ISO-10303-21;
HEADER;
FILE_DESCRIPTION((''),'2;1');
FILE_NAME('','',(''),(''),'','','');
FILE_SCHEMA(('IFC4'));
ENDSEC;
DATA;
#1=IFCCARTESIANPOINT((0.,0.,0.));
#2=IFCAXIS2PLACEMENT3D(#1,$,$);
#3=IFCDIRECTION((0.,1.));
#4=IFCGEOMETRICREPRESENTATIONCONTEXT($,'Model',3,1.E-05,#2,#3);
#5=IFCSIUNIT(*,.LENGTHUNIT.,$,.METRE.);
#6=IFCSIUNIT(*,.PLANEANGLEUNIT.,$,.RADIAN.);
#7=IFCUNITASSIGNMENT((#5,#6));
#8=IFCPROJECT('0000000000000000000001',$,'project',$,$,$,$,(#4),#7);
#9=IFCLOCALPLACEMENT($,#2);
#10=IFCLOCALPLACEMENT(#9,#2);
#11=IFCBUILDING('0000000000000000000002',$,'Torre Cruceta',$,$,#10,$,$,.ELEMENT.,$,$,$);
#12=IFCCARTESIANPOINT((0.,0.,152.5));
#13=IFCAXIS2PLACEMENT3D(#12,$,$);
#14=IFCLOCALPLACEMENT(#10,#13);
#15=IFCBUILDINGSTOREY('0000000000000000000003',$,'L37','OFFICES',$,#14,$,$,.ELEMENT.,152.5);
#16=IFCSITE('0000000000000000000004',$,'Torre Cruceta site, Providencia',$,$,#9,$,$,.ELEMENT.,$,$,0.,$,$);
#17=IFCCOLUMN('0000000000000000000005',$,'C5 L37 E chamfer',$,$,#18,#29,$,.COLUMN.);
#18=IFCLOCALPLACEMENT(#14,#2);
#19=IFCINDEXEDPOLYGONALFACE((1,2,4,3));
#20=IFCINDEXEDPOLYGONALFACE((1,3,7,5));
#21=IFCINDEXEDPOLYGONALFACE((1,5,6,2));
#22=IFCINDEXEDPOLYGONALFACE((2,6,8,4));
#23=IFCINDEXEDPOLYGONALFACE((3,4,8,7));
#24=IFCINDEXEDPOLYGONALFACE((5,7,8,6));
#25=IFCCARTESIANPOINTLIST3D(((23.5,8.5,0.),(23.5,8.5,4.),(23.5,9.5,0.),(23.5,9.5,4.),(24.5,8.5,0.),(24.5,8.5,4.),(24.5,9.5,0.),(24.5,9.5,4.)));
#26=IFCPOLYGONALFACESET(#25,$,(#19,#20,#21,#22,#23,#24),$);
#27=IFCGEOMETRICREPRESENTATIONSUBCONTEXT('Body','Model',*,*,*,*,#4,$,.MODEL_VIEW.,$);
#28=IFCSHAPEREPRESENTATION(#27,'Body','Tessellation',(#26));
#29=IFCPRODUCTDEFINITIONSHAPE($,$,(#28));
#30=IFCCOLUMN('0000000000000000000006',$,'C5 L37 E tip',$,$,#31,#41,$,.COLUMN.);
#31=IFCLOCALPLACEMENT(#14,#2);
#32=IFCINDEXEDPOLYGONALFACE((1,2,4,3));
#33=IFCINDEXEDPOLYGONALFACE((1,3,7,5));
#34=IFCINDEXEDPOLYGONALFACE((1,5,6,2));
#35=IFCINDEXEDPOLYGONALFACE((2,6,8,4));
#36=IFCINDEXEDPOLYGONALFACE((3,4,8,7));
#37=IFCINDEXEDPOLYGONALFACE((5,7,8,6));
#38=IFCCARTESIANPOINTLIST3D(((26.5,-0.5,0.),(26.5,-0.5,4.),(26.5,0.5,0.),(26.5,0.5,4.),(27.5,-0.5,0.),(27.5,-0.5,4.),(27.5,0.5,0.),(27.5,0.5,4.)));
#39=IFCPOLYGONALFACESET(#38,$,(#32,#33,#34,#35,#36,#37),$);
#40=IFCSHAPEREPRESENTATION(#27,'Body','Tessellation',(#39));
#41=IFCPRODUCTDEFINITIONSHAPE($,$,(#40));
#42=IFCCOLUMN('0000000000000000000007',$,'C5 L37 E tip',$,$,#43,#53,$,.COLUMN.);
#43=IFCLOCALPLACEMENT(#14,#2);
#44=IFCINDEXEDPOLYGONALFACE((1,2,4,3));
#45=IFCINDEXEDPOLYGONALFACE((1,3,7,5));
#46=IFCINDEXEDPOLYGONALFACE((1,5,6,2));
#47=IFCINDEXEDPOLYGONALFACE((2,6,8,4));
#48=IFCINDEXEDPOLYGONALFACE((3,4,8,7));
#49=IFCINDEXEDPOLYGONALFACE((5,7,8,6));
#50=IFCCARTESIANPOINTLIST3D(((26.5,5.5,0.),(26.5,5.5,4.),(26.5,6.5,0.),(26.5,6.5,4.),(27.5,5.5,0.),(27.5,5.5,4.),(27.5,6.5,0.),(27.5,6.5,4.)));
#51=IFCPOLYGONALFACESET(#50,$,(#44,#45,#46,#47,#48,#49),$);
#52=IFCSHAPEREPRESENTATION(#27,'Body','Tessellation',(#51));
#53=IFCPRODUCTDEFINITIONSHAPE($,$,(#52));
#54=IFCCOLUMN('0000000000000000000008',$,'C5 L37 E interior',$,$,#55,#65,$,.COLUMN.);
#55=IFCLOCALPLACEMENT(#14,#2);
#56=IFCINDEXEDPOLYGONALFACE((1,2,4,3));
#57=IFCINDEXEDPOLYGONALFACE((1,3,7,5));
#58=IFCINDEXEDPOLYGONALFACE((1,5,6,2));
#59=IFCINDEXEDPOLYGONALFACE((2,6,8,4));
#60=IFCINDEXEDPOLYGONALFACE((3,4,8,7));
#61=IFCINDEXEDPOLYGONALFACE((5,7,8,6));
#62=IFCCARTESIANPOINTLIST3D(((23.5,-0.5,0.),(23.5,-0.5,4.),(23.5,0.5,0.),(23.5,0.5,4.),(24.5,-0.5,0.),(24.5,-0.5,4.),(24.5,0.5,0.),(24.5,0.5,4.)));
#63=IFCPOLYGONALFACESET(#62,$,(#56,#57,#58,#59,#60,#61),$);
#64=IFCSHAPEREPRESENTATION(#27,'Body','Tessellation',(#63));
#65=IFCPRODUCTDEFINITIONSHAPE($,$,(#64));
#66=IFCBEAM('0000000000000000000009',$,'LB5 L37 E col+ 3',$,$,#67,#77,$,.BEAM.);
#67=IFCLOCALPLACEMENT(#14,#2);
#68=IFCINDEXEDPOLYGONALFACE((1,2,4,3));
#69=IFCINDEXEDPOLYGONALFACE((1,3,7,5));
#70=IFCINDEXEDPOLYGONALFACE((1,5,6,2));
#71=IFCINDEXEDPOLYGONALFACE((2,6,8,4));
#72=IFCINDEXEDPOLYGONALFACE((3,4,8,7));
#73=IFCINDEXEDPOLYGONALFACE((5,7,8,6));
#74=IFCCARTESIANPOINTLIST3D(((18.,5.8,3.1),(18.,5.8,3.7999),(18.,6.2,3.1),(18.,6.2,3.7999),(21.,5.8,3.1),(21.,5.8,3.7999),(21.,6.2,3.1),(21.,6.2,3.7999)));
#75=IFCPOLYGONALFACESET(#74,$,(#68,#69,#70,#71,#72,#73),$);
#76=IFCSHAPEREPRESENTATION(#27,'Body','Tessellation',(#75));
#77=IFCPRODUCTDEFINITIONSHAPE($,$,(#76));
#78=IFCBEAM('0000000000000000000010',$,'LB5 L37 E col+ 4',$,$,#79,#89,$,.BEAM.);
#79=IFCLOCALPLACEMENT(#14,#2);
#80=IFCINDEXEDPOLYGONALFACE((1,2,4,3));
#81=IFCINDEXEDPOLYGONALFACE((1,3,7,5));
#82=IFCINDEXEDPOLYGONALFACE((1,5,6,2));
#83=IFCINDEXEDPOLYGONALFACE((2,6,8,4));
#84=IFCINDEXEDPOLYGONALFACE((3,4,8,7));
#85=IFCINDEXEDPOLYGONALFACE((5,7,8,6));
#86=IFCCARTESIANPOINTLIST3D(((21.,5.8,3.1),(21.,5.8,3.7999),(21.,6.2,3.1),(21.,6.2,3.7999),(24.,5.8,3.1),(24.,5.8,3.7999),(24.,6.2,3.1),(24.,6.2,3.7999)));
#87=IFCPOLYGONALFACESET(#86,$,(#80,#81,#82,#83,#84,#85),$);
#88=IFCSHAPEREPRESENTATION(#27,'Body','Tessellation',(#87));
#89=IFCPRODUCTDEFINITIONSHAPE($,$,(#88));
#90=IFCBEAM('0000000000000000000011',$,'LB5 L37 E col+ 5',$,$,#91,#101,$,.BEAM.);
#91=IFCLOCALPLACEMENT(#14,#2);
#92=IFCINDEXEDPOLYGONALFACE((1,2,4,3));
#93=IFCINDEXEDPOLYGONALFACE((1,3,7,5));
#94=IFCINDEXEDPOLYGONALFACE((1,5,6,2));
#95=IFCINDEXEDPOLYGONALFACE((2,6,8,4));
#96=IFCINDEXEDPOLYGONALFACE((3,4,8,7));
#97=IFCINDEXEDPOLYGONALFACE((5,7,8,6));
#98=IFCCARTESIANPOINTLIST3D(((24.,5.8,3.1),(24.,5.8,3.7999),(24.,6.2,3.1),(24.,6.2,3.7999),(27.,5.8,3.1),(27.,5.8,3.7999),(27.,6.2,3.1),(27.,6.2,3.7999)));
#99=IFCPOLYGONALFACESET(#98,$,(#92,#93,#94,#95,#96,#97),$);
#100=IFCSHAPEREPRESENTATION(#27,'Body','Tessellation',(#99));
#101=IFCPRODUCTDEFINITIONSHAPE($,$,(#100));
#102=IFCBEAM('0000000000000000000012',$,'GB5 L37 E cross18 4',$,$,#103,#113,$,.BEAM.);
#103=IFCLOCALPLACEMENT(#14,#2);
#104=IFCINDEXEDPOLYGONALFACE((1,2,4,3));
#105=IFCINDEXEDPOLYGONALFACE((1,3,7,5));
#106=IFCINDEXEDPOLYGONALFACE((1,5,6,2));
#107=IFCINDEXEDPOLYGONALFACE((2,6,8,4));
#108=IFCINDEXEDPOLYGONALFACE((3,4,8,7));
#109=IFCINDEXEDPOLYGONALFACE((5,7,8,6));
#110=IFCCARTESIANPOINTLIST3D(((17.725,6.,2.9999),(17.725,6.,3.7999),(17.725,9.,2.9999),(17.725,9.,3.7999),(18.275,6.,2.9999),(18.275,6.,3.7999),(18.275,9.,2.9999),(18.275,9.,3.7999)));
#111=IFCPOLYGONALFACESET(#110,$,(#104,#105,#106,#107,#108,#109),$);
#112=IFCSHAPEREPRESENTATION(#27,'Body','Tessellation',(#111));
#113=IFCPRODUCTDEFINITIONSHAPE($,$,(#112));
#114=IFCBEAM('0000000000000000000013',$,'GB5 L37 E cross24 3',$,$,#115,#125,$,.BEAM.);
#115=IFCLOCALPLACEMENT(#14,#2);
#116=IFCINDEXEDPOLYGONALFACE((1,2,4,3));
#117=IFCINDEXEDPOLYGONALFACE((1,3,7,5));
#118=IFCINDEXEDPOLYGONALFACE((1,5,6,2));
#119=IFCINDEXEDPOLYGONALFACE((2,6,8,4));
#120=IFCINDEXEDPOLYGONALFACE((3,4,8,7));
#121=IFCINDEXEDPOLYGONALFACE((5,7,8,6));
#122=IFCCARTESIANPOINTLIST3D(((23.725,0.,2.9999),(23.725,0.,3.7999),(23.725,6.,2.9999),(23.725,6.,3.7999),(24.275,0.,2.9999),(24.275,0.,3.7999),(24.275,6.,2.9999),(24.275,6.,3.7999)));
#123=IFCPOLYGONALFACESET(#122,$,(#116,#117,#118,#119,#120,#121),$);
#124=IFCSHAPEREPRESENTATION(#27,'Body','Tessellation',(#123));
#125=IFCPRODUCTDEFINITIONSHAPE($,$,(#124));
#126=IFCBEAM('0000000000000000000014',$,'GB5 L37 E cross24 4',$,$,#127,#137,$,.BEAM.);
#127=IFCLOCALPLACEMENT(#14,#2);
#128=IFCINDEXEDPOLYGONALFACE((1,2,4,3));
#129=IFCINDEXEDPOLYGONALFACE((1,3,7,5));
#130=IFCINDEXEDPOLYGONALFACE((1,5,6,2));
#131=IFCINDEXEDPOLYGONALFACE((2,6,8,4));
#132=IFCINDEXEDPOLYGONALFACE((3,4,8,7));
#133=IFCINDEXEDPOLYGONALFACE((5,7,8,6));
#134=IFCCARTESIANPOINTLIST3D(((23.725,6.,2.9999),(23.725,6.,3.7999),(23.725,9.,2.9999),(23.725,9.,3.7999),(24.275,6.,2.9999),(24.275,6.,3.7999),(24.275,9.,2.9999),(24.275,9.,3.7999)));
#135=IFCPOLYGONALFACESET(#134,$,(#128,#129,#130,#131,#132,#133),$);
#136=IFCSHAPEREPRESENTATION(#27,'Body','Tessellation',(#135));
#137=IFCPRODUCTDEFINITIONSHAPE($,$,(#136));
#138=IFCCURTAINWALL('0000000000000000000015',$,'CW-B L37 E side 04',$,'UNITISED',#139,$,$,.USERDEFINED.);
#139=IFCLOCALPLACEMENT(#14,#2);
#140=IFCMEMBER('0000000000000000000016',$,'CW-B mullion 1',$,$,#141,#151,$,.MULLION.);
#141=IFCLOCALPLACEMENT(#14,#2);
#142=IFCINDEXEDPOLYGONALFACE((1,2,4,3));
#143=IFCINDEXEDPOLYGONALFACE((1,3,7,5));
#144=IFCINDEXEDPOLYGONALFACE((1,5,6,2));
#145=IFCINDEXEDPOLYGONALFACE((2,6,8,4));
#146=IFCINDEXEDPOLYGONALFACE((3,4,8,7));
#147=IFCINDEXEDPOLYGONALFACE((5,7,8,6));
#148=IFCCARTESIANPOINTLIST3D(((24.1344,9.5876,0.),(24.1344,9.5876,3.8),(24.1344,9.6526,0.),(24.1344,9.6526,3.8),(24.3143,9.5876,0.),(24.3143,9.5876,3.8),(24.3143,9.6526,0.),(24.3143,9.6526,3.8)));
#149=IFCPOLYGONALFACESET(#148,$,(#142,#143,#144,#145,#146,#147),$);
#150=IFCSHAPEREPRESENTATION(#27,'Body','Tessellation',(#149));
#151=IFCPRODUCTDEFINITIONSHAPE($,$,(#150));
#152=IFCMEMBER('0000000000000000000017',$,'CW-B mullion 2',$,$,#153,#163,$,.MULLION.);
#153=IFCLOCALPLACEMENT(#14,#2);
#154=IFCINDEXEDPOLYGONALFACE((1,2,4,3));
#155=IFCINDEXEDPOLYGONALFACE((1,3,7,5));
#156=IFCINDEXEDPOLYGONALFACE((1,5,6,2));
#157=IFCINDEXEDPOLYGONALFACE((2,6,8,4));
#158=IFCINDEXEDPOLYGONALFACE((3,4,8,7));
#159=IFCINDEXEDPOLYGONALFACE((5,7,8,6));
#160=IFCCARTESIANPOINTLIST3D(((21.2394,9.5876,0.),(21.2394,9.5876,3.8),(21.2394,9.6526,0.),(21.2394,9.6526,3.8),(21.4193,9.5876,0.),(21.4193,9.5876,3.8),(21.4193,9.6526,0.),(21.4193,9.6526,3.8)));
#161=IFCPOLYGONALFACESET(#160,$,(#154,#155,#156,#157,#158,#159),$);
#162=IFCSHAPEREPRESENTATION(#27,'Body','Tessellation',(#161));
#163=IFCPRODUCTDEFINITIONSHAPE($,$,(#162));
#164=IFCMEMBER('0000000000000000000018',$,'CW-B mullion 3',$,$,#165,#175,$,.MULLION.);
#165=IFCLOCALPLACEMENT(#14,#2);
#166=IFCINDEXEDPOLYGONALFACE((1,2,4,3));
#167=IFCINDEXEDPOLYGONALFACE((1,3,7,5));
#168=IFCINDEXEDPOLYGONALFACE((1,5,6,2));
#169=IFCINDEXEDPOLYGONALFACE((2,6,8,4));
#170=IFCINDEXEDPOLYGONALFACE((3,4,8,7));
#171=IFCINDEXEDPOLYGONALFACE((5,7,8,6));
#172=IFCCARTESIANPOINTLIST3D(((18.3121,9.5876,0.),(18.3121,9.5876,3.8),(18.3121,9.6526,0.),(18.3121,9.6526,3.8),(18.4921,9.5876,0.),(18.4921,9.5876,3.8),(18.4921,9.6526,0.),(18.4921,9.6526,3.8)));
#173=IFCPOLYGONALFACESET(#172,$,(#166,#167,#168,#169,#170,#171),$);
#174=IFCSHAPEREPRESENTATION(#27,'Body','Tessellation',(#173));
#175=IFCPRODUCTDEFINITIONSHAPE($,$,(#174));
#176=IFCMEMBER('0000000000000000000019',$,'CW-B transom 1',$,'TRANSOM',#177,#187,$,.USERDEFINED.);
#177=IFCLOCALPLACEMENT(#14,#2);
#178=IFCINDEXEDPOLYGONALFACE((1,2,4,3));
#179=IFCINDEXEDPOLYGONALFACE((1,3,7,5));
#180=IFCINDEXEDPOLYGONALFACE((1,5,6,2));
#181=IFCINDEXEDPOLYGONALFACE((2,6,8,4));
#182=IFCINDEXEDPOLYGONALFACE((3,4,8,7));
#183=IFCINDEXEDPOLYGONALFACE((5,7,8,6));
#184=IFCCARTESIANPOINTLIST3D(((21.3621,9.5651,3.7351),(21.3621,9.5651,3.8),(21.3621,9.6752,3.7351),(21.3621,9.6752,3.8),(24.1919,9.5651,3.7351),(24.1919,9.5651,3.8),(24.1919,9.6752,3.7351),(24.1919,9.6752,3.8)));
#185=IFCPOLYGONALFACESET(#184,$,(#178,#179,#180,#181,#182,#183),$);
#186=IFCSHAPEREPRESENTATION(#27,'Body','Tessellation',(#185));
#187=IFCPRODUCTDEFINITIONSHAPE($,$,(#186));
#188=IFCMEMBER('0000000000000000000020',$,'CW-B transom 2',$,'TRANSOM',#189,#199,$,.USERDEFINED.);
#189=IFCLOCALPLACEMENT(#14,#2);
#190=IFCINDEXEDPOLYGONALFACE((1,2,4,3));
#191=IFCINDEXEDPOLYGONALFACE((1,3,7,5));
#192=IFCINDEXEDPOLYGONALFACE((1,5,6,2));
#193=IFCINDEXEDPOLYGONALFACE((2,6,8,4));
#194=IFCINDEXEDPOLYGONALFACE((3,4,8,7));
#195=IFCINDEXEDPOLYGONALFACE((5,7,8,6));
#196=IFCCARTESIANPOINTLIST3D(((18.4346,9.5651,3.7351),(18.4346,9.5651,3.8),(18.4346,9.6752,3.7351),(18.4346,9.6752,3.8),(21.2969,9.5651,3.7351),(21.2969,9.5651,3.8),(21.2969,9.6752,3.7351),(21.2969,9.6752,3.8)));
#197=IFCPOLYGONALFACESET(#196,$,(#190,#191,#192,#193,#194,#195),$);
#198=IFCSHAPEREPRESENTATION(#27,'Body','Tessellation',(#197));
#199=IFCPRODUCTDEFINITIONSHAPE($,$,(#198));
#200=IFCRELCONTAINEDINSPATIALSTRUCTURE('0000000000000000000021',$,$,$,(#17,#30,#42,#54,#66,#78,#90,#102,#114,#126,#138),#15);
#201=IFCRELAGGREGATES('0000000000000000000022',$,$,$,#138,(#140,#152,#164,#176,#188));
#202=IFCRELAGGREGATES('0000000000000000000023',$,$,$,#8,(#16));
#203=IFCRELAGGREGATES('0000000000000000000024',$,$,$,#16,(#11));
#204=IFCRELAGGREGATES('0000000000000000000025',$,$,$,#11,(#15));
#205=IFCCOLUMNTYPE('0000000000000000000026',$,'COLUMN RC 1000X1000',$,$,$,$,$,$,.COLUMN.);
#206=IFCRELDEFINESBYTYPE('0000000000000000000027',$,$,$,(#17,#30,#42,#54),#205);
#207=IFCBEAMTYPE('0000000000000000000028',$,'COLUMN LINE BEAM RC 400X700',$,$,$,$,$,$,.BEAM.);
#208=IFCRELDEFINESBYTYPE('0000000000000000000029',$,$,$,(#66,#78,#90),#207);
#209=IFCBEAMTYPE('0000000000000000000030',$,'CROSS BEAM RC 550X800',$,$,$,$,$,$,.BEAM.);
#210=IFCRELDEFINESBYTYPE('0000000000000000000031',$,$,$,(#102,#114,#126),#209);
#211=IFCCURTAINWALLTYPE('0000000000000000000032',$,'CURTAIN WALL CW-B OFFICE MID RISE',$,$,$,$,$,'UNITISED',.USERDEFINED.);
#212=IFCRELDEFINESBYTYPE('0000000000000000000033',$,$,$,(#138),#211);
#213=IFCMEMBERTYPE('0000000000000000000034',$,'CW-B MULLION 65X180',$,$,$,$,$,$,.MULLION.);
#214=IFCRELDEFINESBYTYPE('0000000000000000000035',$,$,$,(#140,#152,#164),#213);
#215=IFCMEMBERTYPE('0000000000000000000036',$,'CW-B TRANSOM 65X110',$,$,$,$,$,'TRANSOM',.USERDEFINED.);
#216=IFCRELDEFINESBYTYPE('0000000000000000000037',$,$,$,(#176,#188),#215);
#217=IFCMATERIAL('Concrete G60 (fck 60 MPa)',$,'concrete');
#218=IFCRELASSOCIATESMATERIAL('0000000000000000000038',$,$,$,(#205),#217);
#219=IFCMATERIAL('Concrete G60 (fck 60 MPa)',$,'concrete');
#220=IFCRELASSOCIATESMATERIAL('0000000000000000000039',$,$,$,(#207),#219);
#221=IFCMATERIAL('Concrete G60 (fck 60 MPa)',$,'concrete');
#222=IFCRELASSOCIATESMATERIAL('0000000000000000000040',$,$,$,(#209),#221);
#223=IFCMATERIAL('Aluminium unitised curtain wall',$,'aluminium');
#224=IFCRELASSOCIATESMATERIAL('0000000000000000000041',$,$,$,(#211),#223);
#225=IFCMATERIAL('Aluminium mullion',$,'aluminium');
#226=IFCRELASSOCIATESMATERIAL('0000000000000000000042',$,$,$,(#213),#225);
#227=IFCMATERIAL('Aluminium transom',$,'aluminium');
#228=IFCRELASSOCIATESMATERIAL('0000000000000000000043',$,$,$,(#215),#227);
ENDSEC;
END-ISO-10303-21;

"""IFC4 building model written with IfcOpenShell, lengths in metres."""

from ifc_helpers import new_model, si_unit, direction, frame, origin, origin_2d, place, context, subcontext, project, spatial, rectangle, extrude, material, material_profile, profile_set, type_object, element, aggregate, save


model = new_model("IFC4")

# Units and contexts
model_context = context("Model", 3, precision=1e-05, world=origin(), true_north=direction((0.0, 1.0)))
body_context = subcontext(model_context, "Body", "Model", "MODEL_VIEW")
ifc_project = project(units=[si_unit("LENGTHUNIT", "METRE"), si_unit("PLANEANGLEUNIT", "RADIAN")], contexts=[model_context])

# Site, building, storey
site_placement = place(None, origin())
site = spatial("IfcSite", under=ifc_project, at=site_placement, Name="Torre Cruceta site, Providencia", CompositionType="ELEMENT", RefElevation=0.0)
building_placement = place(site_placement, origin())
building = spatial("IfcBuilding", under=site, at=building_placement, Name="Torre Cruceta", CompositionType="ELEMENT")
storey_placement = place(building_placement, frame((0.0, 0.0, 152.5)))
storey = spatial("IfcBuildingStorey", under=building, at=storey_placement, Name="L37", Description="OFFICES", CompositionType="ELEMENT", Elevation=152.5)

# Columns
ifc_material_1 = material(Name="Concrete G60 (fck 60 MPa)", Category="concrete")
ifc_material_profile_1 = material_profile(ifc_material_1, rectangle(XDim=1.0, YDim=1.0, at=origin_2d()), Name="RC 1000X1000")
ifc_profile_set_1 = profile_set([ifc_material_profile_1], Name="Concrete G60 (fck 60 MPa)")
column_type = type_object("IfcColumnType", Name="COLUMN RC 1000X1000", PredefinedType="COLUMN", material=ifc_profile_set_1)
for number, where, z_axis, x_axis, name in (
    (1, (24.0, 9.0, 0.0), (0.0, 0.0, 1.0), (1.0, 0.0, 0.0), "C5 L37 E chamfer"),
    (2, (27.0, 0.0, 0.0), (0.0, 0.0, 1.0), (1.0, 0.0, 0.0), "C5 L37 E tip"),
    (3, (27.0, 6.0, 0.0), (0.0, 0.0, 1.0), (1.0, 0.0, 0.0), "C5 L37 E tip"),
    (4, (24.0, 0.0, 0.0), (0.0, 0.0, 1.0), (1.0, 0.0, 0.0), "C5 L37 E interior"),
):
    element("IfcColumn", number, at=place(storey_placement, frame(where, z_axis=z_axis, x_axis=x_axis)), inside=storey, type_object=column_type, Name=name, PredefinedType="COLUMN", context=body_context, shape_type="SweptSolid", body=[
        extrude(rectangle(XDim=1.0, YDim=1.0, at=origin_2d()), origin(), (0.0, 0.0, 1.0), 4.0),
    ])

# Beams
ifc_material_2 = material(Name="Concrete G60 (fck 60 MPa)", Category="concrete")
ifc_material_profile_2 = material_profile(ifc_material_2, rectangle(XDim=0.3999, YDim=0.7, at=origin_2d()), Name="RC 400X700")
ifc_profile_set_2 = profile_set([ifc_material_profile_2], Name="Concrete G60 (fck 60 MPa)")
beam_type_1 = type_object("IfcBeamType", Name="COLUMN LINE BEAM RC 400X700", PredefinedType="BEAM", material=ifc_profile_set_2)
for number, where, z_axis, x_axis, name in (
    (5, (18.0, 6.0, 3.45), (1.0, 0.0, 0.0), (0.0, 1.0, 0.0), "LB5 L37 E col+ 3"),
    (6, (21.0, 6.0, 3.45), (1.0, 0.0, 0.0), (0.0, 1.0, 0.0), "LB5 L37 E col+ 4"),
    (7, (24.0, 6.0, 3.45), (1.0, 0.0, 0.0), (0.0, 1.0, 0.0), "LB5 L37 E col+ 5"),
):
    element("IfcBeam", number, at=place(storey_placement, frame(where, z_axis=z_axis, x_axis=x_axis)), inside=storey, type_object=beam_type_1, Name=name, PredefinedType="BEAM", context=body_context, shape_type="SweptSolid", body=[
        extrude(rectangle(XDim=0.3999, YDim=0.7, at=origin_2d()), origin(), (0.0, 0.0, 1.0), 3.0),
    ])
ifc_material_3 = material(Name="Concrete G60 (fck 60 MPa)", Category="concrete")
ifc_material_profile_3 = material_profile(ifc_material_3, rectangle(XDim=0.55, YDim=0.8, at=origin_2d()), Name="RC 550X800")
ifc_profile_set_3 = profile_set([ifc_material_profile_3], Name="Concrete G60 (fck 60 MPa)")
beam_type_2 = type_object("IfcBeamType", Name="CROSS BEAM RC 550X800", PredefinedType="BEAM", material=ifc_profile_set_3)
beam_1_placement = place(storey_placement, frame((18.0, 6.0, 3.3999), z_axis=(0.0, 1.0, 0.0), x_axis=(-1.0, 0.0, 0.0)))
element("IfcBeam", 8, at=beam_1_placement, inside=storey, type_object=beam_type_2, Name="GB5 L37 E cross18 4", PredefinedType="BEAM", context=body_context, shape_type="SweptSolid", body=[
    extrude(rectangle(XDim=0.55, YDim=0.8, at=origin_2d()), origin(), (0.0, 0.0, 1.0), 3.0),
])
beam_2_placement = place(storey_placement, frame((24.0, 0.0, 3.3999), z_axis=(0.0, 1.0, 0.0), x_axis=(-1.0, 0.0, 0.0)))
element("IfcBeam", 9, at=beam_2_placement, inside=storey, type_object=beam_type_2, Name="GB5 L37 E cross24 3", PredefinedType="BEAM", context=body_context, shape_type="SweptSolid", body=[
    extrude(rectangle(XDim=0.55, YDim=0.8, at=origin_2d()), origin(), (0.0, 0.0, 1.0), 6.0),
])
beam_3_placement = place(storey_placement, frame((24.0, 6.0, 3.3999), z_axis=(0.0, 1.0, 0.0), x_axis=(-1.0, 0.0, 0.0)))
element("IfcBeam", 10, at=beam_3_placement, inside=storey, type_object=beam_type_2, Name="GB5 L37 E cross24 4", PredefinedType="BEAM", context=body_context, shape_type="SweptSolid", body=[
    extrude(rectangle(XDim=0.55, YDim=0.8, at=origin_2d()), origin(), (0.0, 0.0, 1.0), 3.0),
])

# Curtain wall, members
ifc_material_4 = material(Name="Aluminium unitised curtain wall", Category="aluminium")
curtain_wall_type = type_object("IfcCurtainWallType", Name="CURTAIN WALL CW-B OFFICE MID RISE", ElementType="UNITISED", PredefinedType="USERDEFINED", material=ifc_material_4)
curtain_wall_placement = place(storey_placement, origin())
curtain_wall = element("IfcCurtainWall", 11, at=curtain_wall_placement, inside=storey, type_object=curtain_wall_type, Name="CW-B L37 E side 04", ObjectType="UNITISED", PredefinedType="USERDEFINED")
ifc_material_5 = material(Name="Aluminium mullion", Category="aluminium")
ifc_material_profile_4 = material_profile(ifc_material_5, rectangle(XDim=0.0649, YDim=0.1799, at=origin_2d()), Name="AL 65X180")
ifc_profile_set_4 = profile_set([ifc_material_profile_4], Name="Aluminium mullion")
member_type_1 = type_object("IfcMemberType", Name="CW-B MULLION 65X180", PredefinedType="MULLION", material=ifc_profile_set_4)
member_1_placement = place(storey_placement, frame((24.2244, 9.6201, 0.0), z_axis=(0.0, 0.0, 1.0), x_axis=(0.0, -1.0, 0.0)))
member_1 = element("IfcMember", 12, at=member_1_placement, type_object=member_type_1, Name="CW-B mullion 1", PredefinedType="MULLION", context=body_context, shape_type="SweptSolid", body=[
    extrude(rectangle(XDim=0.0649, YDim=0.1799, at=origin_2d()), origin(), (0.0, 0.0, 1.0), 3.8),
])
member_2_placement = place(storey_placement, frame((21.3293, 9.6201, 0.0), z_axis=(0.0, 0.0, 1.0), x_axis=(0.0, -1.0, 0.0)))
member_2 = element("IfcMember", 13, at=member_2_placement, type_object=member_type_1, Name="CW-B mullion 2", PredefinedType="MULLION", context=body_context, shape_type="SweptSolid", body=[
    extrude(rectangle(XDim=0.0649, YDim=0.1799, at=origin_2d()), origin(), (0.0, 0.0, 1.0), 3.8),
])
member_3_placement = place(storey_placement, frame((18.4021, 9.6201, 0.0), z_axis=(0.0, 0.0, 1.0), x_axis=(0.0, -1.0, 0.0)))
member_3 = element("IfcMember", 14, at=member_3_placement, type_object=member_type_1, Name="CW-B mullion 3", PredefinedType="MULLION", context=body_context, shape_type="SweptSolid", body=[
    extrude(rectangle(XDim=0.0649, YDim=0.1799, at=origin_2d()), origin(), (0.0, 0.0, 1.0), 3.8),
])
ifc_material_6 = material(Name="Aluminium transom", Category="aluminium")
ifc_material_profile_5 = material_profile(ifc_material_6, rectangle(XDim=0.1101, YDim=0.0649, at=origin_2d()), Name="AL 110X65")
ifc_profile_set_5 = profile_set([ifc_material_profile_5], Name="Aluminium transom")
member_type_2 = type_object("IfcMemberType", Name="CW-B TRANSOM 65X110", ElementType="TRANSOM", PredefinedType="USERDEFINED", material=ifc_profile_set_5)
member_4_placement = place(storey_placement, frame((24.1919, 9.6201, 3.7676), z_axis=(-1.0, 0.0, 0.0), x_axis=(0.0, -1.0, 0.0)))
member_4 = element("IfcMember", 15, at=member_4_placement, type_object=member_type_2, Name="CW-B transom 1", ObjectType="TRANSOM", PredefinedType="USERDEFINED", context=body_context, shape_type="SweptSolid", body=[
    extrude(rectangle(XDim=0.1101, YDim=0.0649, at=origin_2d()), origin(), (0.0, 0.0, 1.0), 2.8298),
])
member_5_placement = place(storey_placement, frame((21.2969, 9.6201, 3.7676), z_axis=(-1.0, 0.0, 0.0), x_axis=(0.0, -1.0, 0.0)))
member_5 = element("IfcMember", 16, at=member_5_placement, type_object=member_type_2, Name="CW-B transom 2", ObjectType="TRANSOM", PredefinedType="USERDEFINED", context=body_context, shape_type="SweptSolid", body=[
    extrude(rectangle(XDim=0.1101, YDim=0.0649, at=origin_2d()), origin(), (0.0, 0.0, 1.0), 2.8623),
])

aggregate(curtain_wall, [member_1, member_2, member_3, member_4, member_5])

save(model, "model.ifc")
